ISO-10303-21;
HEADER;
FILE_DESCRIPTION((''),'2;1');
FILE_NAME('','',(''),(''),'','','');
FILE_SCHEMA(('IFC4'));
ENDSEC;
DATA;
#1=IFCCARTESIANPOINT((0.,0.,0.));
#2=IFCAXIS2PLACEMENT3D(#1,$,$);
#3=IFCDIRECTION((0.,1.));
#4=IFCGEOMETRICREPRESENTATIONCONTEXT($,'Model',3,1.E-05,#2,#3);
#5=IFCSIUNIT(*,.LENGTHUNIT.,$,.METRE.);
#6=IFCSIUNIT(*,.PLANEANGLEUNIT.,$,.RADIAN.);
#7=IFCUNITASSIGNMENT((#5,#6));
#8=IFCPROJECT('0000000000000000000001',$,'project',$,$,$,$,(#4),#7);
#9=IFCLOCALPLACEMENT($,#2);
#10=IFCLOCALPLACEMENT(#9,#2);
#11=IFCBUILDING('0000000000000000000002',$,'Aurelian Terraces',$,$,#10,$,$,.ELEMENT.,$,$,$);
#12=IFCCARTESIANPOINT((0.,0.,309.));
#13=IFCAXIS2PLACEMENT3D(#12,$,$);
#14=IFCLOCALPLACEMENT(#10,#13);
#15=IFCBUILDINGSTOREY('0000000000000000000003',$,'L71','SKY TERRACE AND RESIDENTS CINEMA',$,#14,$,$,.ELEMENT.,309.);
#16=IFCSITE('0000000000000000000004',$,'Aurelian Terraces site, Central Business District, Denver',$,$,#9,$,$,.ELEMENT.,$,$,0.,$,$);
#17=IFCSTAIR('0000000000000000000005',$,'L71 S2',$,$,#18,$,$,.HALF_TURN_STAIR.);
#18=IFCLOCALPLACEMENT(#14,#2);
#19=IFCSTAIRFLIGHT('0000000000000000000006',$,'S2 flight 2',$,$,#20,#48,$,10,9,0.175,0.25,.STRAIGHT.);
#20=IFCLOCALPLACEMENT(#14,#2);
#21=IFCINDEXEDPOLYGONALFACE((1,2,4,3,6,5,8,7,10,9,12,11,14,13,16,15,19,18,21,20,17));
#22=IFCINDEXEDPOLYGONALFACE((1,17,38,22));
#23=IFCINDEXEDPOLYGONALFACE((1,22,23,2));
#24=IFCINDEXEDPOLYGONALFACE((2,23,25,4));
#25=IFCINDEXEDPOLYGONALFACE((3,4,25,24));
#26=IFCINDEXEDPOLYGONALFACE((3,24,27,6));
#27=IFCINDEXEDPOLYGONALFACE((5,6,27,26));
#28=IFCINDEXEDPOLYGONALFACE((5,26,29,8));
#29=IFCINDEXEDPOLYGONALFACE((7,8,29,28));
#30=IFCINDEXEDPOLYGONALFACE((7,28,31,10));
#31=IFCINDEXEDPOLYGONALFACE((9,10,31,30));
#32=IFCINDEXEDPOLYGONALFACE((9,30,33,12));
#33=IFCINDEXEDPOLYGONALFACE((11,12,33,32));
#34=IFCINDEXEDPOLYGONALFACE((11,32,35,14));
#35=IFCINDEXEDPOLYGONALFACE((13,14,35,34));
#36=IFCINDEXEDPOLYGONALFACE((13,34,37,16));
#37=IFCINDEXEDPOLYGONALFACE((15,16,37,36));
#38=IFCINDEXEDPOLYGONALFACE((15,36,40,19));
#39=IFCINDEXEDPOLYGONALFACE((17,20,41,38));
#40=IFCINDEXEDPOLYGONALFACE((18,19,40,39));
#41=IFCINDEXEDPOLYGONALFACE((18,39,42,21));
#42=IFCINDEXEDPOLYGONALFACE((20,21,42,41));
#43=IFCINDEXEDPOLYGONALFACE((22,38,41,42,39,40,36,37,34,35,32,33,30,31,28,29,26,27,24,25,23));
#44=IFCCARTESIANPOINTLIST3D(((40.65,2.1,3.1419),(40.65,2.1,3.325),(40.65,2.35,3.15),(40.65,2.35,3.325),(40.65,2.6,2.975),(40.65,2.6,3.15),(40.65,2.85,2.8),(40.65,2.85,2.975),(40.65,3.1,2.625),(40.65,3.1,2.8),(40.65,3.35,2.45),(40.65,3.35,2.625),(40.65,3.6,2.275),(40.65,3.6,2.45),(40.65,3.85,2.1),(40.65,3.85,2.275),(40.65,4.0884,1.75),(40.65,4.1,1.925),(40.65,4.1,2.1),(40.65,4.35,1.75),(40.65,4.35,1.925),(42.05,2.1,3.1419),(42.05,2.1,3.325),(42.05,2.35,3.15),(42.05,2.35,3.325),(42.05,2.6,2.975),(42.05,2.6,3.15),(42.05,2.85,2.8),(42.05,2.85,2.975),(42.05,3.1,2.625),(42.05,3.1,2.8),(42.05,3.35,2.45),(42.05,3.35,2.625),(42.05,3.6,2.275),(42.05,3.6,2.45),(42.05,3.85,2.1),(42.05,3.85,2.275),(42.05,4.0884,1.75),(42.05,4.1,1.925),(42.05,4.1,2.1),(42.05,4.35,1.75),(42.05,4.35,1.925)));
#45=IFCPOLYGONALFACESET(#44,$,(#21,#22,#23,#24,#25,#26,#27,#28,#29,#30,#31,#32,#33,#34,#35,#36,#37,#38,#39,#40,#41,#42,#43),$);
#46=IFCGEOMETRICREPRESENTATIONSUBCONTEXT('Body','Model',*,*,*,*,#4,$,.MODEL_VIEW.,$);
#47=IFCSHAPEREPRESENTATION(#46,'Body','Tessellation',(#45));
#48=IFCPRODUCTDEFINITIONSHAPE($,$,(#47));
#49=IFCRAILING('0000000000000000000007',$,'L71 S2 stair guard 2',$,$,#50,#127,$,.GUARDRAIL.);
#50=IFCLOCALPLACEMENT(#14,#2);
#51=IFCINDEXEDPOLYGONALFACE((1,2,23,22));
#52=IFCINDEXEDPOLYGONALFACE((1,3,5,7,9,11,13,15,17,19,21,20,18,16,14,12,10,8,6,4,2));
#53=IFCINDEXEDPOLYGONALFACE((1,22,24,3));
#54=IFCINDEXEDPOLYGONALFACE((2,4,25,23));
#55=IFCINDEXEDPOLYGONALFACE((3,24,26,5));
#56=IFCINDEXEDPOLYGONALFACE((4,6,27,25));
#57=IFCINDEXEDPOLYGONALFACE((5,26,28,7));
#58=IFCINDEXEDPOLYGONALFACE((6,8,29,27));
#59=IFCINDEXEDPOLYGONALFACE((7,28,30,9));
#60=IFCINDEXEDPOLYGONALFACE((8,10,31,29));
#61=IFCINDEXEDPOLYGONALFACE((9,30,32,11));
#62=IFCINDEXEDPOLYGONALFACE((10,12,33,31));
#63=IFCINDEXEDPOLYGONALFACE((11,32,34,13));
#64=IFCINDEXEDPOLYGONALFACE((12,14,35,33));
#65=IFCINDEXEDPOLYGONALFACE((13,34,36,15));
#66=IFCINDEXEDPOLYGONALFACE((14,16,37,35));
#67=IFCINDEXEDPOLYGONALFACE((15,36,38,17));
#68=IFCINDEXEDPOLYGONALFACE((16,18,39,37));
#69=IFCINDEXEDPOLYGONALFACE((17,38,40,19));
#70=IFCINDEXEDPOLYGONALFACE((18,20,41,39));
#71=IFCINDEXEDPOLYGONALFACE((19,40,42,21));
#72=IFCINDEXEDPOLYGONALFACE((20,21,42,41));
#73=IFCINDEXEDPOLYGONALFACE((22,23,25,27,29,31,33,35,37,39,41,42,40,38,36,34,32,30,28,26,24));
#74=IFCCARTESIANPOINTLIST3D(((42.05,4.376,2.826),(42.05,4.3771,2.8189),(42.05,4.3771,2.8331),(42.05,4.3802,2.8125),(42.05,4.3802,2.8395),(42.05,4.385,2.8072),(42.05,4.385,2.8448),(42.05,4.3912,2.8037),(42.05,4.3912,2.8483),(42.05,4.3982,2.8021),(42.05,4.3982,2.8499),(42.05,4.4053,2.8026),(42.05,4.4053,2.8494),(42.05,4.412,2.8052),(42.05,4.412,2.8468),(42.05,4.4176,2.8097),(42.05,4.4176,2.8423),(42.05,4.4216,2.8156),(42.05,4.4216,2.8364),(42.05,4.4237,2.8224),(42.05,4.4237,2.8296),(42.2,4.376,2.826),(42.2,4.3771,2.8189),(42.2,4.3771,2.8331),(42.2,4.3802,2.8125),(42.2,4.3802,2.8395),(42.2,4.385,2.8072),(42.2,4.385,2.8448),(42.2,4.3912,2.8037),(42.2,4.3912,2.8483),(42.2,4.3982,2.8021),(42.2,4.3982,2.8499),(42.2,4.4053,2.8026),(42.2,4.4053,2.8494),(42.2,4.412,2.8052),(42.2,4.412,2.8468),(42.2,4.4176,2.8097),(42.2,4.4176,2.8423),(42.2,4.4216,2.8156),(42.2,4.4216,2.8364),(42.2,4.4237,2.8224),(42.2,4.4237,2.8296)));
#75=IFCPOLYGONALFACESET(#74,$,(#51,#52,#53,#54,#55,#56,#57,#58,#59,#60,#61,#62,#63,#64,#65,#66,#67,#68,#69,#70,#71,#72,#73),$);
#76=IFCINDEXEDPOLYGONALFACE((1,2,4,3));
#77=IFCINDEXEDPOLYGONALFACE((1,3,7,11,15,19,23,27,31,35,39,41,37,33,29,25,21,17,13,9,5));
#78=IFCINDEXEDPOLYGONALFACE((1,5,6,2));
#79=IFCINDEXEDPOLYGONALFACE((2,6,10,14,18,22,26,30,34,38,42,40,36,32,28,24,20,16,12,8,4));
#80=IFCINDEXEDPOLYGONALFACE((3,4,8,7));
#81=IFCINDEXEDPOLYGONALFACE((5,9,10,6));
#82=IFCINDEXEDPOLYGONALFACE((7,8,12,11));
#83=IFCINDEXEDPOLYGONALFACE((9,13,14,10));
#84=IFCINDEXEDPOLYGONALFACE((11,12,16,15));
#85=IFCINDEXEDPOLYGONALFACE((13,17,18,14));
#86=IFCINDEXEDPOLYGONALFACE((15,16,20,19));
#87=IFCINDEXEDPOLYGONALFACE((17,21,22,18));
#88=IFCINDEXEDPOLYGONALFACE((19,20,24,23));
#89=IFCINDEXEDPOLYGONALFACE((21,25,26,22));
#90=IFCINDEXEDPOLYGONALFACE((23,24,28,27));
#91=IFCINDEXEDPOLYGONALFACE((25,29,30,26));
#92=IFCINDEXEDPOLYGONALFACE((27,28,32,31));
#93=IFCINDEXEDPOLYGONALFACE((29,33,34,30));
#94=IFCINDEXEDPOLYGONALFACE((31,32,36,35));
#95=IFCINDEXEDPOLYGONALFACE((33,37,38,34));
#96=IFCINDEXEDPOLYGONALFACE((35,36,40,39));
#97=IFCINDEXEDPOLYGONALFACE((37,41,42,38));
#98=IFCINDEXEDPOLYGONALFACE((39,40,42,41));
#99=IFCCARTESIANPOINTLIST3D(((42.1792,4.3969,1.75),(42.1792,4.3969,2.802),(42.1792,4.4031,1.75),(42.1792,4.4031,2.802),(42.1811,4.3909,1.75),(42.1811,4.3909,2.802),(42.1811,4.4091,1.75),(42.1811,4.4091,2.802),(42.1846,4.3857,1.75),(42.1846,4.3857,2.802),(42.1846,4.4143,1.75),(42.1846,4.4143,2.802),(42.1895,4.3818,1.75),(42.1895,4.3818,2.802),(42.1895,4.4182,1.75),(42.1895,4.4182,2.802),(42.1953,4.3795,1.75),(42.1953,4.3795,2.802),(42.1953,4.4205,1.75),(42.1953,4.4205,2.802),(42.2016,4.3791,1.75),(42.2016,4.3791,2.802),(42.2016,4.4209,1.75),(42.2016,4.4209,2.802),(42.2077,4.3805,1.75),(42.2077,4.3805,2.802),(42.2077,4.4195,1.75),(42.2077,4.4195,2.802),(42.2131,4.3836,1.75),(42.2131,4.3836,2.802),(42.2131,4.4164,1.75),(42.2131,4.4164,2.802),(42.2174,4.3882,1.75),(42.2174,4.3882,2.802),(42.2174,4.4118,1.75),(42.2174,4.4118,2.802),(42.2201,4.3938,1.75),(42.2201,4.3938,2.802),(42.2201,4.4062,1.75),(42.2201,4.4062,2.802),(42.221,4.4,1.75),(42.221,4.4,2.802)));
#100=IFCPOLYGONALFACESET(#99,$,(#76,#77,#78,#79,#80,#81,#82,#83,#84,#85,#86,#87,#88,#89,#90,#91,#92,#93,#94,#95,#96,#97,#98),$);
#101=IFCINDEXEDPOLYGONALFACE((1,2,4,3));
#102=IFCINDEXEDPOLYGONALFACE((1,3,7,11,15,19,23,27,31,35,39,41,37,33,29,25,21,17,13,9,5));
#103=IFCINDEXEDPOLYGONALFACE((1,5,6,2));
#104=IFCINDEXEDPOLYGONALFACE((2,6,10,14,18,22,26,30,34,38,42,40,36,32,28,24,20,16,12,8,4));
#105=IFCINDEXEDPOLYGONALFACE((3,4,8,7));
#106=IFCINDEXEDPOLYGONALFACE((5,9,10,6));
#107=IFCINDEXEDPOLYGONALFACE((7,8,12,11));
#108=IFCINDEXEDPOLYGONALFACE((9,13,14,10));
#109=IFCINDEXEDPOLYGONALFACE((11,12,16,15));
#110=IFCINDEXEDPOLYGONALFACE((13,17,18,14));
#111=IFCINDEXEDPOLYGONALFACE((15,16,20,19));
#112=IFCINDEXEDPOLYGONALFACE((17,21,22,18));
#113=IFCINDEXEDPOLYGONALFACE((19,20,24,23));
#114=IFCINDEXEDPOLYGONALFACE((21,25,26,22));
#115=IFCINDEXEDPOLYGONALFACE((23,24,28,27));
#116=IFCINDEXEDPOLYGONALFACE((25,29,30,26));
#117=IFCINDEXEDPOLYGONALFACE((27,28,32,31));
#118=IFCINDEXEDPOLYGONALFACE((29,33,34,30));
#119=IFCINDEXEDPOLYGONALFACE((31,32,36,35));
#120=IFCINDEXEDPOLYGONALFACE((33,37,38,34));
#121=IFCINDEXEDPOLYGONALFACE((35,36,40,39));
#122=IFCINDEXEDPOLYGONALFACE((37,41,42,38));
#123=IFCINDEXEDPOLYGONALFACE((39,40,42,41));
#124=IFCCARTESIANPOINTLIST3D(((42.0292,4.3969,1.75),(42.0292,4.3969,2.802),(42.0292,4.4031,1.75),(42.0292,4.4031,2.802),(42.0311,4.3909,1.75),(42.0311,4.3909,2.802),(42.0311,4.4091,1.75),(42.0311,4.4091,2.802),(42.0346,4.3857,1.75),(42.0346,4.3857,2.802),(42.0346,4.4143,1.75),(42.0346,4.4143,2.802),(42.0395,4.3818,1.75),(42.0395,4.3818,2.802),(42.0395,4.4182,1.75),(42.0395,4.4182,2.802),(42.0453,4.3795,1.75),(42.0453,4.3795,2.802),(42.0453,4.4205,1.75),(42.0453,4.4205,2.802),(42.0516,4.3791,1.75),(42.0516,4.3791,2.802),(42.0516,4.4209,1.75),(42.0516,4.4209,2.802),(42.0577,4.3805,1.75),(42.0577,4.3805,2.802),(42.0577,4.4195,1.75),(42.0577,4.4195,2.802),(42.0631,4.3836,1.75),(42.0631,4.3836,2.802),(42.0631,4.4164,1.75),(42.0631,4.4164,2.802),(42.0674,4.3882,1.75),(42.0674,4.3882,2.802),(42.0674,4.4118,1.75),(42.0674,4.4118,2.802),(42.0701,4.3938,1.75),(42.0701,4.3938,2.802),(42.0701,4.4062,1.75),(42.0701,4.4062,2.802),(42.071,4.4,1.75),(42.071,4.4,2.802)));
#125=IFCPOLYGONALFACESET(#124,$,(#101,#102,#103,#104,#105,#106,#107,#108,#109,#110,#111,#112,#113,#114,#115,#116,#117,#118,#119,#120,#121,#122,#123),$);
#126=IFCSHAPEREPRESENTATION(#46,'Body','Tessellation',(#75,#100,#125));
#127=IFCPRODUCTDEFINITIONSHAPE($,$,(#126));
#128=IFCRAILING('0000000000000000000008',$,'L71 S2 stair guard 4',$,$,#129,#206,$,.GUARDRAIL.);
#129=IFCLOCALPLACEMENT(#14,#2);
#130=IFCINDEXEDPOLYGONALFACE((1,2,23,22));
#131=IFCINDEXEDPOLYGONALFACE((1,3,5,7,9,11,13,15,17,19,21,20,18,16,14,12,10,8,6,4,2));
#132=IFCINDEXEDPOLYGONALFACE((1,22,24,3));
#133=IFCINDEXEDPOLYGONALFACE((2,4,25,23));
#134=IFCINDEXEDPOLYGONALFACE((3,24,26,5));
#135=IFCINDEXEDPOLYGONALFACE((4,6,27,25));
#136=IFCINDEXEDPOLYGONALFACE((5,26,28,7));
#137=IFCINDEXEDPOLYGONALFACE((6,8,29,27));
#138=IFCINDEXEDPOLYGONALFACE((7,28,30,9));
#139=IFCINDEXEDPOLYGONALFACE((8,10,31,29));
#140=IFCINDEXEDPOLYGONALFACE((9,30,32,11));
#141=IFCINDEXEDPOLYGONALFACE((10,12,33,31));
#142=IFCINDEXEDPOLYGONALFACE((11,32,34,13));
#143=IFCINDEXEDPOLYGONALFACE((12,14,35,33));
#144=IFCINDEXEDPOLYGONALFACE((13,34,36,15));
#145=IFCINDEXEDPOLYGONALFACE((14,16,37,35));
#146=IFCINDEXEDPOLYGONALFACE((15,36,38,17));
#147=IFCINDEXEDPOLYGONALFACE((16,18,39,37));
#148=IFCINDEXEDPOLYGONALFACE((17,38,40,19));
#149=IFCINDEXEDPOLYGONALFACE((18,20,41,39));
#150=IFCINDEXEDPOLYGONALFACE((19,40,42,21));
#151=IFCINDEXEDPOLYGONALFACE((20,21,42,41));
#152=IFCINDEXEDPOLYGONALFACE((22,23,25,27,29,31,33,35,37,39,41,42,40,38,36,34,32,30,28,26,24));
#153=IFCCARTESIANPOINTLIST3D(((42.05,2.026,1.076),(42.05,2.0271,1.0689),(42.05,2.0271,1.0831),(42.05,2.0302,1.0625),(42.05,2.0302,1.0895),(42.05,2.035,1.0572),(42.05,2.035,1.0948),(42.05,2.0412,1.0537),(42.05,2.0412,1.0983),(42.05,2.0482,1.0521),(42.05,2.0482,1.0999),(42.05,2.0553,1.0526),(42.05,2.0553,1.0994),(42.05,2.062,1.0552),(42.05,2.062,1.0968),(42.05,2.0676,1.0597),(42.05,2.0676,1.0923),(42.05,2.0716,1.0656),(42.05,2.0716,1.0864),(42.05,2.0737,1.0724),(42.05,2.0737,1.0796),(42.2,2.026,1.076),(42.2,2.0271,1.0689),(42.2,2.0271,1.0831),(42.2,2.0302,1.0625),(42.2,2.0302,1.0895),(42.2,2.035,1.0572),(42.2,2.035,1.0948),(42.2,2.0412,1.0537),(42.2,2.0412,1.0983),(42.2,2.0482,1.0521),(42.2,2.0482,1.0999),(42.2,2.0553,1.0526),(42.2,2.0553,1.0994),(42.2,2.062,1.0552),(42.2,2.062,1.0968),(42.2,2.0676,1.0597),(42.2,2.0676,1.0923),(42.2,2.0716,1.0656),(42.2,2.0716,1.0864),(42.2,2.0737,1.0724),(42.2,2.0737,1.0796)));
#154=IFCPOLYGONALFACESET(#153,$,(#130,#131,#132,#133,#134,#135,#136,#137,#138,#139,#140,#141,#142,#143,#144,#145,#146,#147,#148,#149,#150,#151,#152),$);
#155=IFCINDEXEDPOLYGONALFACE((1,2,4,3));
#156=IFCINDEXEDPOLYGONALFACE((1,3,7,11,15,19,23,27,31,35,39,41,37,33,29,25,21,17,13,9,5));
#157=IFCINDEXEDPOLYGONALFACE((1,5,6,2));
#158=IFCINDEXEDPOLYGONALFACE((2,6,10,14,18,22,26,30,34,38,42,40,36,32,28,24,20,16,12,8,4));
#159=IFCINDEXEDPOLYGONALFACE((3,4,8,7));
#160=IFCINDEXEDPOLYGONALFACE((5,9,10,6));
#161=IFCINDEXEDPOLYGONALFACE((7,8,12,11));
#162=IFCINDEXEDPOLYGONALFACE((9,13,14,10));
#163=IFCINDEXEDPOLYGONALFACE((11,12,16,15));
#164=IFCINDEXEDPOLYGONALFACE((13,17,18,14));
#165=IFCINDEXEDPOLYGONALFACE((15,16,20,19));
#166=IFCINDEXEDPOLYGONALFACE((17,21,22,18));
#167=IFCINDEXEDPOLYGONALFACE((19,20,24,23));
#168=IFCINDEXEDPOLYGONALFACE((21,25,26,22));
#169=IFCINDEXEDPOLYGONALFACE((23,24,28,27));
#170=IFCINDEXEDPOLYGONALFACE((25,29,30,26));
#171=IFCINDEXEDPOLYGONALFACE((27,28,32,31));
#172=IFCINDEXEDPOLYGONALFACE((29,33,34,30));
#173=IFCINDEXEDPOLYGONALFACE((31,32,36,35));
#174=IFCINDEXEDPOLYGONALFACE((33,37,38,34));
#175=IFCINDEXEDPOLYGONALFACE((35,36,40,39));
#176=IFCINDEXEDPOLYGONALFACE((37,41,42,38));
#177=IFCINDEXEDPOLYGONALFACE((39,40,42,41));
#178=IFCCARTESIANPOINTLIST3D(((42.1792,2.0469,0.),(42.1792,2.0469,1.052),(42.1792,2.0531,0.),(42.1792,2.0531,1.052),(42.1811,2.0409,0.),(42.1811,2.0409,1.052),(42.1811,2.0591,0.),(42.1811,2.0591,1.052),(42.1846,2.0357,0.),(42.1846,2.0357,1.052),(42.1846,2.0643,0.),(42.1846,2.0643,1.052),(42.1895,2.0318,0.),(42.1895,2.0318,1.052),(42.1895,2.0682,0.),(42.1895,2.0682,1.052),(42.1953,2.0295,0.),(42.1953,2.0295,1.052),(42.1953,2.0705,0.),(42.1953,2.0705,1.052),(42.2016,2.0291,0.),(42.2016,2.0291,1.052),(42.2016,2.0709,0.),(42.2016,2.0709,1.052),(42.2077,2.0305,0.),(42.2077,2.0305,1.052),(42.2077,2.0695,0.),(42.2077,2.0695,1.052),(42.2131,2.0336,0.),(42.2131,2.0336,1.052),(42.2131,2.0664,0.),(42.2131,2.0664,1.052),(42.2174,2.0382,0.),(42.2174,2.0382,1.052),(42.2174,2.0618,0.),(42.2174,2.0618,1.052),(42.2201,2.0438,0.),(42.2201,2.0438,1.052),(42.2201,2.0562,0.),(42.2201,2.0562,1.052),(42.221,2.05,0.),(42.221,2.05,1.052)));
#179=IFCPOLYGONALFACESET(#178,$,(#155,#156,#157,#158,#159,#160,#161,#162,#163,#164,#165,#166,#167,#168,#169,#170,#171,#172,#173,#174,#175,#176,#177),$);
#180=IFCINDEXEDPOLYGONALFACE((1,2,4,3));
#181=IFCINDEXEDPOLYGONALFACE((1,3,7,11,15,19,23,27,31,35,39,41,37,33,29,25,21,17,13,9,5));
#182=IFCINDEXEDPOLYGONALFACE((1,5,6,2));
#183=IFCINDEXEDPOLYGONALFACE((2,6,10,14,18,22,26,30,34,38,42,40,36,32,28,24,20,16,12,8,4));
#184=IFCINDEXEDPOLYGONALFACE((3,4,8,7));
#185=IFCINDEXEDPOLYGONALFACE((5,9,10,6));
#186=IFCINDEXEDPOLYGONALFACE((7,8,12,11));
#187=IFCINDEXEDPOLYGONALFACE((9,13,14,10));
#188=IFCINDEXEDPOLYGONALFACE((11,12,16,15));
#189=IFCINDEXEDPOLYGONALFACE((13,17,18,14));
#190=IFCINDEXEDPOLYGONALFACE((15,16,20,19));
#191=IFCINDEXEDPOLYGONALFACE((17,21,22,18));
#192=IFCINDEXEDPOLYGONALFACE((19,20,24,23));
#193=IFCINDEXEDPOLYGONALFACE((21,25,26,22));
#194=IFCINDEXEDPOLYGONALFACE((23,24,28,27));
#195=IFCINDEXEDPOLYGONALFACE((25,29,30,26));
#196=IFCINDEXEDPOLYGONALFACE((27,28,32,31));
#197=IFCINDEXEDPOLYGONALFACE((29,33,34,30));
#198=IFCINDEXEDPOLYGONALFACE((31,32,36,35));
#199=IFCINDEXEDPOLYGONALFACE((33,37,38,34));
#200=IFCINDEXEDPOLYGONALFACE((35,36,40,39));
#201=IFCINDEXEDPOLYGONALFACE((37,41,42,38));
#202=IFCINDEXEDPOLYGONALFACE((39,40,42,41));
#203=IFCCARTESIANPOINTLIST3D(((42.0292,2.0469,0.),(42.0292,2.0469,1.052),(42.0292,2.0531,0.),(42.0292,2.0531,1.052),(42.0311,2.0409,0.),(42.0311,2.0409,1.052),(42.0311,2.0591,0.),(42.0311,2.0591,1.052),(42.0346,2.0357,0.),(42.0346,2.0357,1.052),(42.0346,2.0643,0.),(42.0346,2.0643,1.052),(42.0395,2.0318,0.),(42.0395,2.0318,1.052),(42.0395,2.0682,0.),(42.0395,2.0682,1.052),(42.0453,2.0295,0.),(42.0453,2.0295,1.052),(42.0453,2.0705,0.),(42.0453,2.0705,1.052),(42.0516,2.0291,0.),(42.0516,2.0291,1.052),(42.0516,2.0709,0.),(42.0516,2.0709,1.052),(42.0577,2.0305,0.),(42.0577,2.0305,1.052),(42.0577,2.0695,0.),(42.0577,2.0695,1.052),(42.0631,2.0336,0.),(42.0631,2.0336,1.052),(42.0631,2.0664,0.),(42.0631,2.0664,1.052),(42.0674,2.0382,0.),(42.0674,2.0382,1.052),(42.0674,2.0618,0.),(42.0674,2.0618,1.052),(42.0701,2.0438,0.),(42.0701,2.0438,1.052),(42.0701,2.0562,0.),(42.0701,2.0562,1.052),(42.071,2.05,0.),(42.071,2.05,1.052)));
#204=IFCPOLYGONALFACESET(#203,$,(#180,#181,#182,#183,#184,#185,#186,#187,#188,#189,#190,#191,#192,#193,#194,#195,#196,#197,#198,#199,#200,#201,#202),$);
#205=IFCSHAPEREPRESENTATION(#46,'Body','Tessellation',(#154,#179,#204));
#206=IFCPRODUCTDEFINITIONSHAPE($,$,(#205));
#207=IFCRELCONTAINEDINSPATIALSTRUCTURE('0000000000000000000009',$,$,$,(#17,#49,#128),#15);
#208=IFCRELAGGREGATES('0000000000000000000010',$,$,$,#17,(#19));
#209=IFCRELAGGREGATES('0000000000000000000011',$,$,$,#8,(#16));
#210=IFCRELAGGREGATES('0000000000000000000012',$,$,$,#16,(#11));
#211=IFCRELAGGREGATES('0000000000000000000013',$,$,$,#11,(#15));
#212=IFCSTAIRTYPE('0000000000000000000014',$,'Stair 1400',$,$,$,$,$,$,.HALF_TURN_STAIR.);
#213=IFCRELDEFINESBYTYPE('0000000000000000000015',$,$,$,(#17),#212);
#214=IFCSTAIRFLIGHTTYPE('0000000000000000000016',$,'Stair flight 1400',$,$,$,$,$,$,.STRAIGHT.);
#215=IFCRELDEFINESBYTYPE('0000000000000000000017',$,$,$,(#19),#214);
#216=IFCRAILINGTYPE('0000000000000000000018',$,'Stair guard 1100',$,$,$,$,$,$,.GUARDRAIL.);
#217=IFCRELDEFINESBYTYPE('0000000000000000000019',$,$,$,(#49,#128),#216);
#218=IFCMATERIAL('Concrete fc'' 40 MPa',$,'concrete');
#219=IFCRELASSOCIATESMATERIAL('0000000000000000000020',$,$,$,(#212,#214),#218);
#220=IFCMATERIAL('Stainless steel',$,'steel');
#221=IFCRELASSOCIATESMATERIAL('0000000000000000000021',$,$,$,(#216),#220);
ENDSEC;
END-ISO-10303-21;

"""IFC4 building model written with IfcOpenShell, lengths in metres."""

from ifc_helpers import new_model, si_unit, direction, frame, origin, origin_2d, place, context, subcontext, project, spatial, polyline, circle, outline, extrude, source, transform, mapped, material, type_object, element, aggregate, save


model = new_model("IFC4")

# Units and contexts
model_context = context("Model", 3, precision=1e-05, world=origin(), true_north=direction((0.0, 1.0)))
body_context = subcontext(model_context, "Body", "Model", "MODEL_VIEW")
ifc_project = project(units=[si_unit("LENGTHUNIT", "METRE"), si_unit("PLANEANGLEUNIT", "RADIAN")], contexts=[model_context])

# Site, building, storey
site_placement = place(None, origin())
site = spatial("IfcSite", under=ifc_project, at=site_placement, Name="Aurelian Terraces site, Central Business District, Denver", CompositionType="ELEMENT", RefElevation=0.0)
building_placement = place(site_placement, origin())
building = spatial("IfcBuilding", under=site, at=building_placement, Name="Aurelian Terraces", CompositionType="ELEMENT")
storey_placement = place(building_placement, frame((0.0, 0.0, 309.0)))
storey = spatial("IfcBuildingStorey", under=building, at=storey_placement, Name="L71", Description="SKY TERRACE AND RESIDENTS CINEMA", CompositionType="ELEMENT", Elevation=309.0)

# Shared definitions
ifc_material_1 = material(Name="Concrete fc' 40 MPa", Category="concrete")

# Stair, stair flight
stair_type = type_object("IfcStairType", Name="Stair 1400", PredefinedType="HALF_TURN_STAIR", material=ifc_material_1)
stair_placement = place(storey_placement, origin())
stair = element("IfcStair", 1, at=stair_placement, inside=storey, type_object=stair_type, Name="L71 S2", PredefinedType="HALF_TURN_STAIR")
stair_flight_type = type_object("IfcStairFlightType", Name="Stair flight 1400", PredefinedType="STRAIGHT", material=ifc_material_1)
shared_shape_1 = source(origin(), body_context, "Body", "SweptSolid", [
    extrude(outline(polyline([(0.0, 0.0), (0.0, 0.175), (0.25, 0.175), (0.25, 0.35), (0.5, 0.35), (0.5, 0.525), (0.75, 0.525), (0.75, 0.7), (1.0, 0.7), (1.0, 0.875), (1.25, 0.875), (1.25, 1.05), (1.5, 1.05), (1.5, 1.225), (1.75, 1.225), (1.75, 1.4), (2.0, 1.4), (2.0, 1.575), (2.25, 1.575), (2.25, 1.75), (2.25, 1.3919), (0.2616, 0.0), (0.0, 0.0)])), frame((0.0, 0.7, 0.0), z_axis=(0.0, -1.0, 0.0), x_axis=(1.0, 0.0, 0.0)), (0.0, 0.0, 1.0), 1.4),
])
stair_flight_placement = place(storey_placement, frame((41.35, 4.35, 1.75), z_axis=(0.0, 0.0, 1.0), x_axis=(0.0, -1.0, 0.0)))
stair_flight = element("IfcStairFlight", 2, at=stair_flight_placement, type_object=stair_flight_type, Name="S2 flight 2", NumberOfRisers=10, NumberOfTreads=9, PredefinedType="STRAIGHT", RiserHeight=0.175, TreadLength=0.25, context=body_context, shape_type="MappedRepresentation", body=[
    mapped(shared_shape_1, transform((0.0, 0.0, 0.0), scale=1.0)),
])
aggregate(stair, [stair_flight])

# Railings
ifc_material_2 = material(Name="Stainless steel", Category="steel")
railing_type_1 = type_object("IfcRailingType", Name="Stair guard 1100", PredefinedType="GUARDRAIL", material=ifc_material_2)
shared_shape_2 = source(origin(), body_context, "Body", "SweptSolid", [
    extrude(circle(Radius=0.024, at=origin_2d()), frame((0.0, 0.0, 1.076), z_axis=(-1.0, 0.0, 0.0), x_axis=(0.0, -1.0, 0.0)), (0.0, 0.0, 1.0), 0.15),
    extrude(circle(Radius=0.021, at=origin_2d()), origin(), (0.0, 0.0, 1.0), 1.052),
    extrude(circle(Radius=0.021, at=origin_2d()), frame((-0.15, 0.0, 0.0)), (0.0, 0.0, 1.0), 1.052),
])
for number, where, name in (
    (3, (42.2, 4.4, 1.75), "L71 S2 stair guard 2"),
    (4, (42.2, 2.05, 0.0), "L71 S2 stair guard 4"),
):
    element("IfcRailing", number, at=place(storey_placement, frame(where)), inside=storey, type_object=railing_type_1, Name=name, PredefinedType="GUARDRAIL", context=body_context, shape_type="MappedRepresentation", body=[
        mapped(shared_shape_2, transform((0.0, 0.0, 0.0), scale=1.0)),
    ])

save(model, "model.ifc")
